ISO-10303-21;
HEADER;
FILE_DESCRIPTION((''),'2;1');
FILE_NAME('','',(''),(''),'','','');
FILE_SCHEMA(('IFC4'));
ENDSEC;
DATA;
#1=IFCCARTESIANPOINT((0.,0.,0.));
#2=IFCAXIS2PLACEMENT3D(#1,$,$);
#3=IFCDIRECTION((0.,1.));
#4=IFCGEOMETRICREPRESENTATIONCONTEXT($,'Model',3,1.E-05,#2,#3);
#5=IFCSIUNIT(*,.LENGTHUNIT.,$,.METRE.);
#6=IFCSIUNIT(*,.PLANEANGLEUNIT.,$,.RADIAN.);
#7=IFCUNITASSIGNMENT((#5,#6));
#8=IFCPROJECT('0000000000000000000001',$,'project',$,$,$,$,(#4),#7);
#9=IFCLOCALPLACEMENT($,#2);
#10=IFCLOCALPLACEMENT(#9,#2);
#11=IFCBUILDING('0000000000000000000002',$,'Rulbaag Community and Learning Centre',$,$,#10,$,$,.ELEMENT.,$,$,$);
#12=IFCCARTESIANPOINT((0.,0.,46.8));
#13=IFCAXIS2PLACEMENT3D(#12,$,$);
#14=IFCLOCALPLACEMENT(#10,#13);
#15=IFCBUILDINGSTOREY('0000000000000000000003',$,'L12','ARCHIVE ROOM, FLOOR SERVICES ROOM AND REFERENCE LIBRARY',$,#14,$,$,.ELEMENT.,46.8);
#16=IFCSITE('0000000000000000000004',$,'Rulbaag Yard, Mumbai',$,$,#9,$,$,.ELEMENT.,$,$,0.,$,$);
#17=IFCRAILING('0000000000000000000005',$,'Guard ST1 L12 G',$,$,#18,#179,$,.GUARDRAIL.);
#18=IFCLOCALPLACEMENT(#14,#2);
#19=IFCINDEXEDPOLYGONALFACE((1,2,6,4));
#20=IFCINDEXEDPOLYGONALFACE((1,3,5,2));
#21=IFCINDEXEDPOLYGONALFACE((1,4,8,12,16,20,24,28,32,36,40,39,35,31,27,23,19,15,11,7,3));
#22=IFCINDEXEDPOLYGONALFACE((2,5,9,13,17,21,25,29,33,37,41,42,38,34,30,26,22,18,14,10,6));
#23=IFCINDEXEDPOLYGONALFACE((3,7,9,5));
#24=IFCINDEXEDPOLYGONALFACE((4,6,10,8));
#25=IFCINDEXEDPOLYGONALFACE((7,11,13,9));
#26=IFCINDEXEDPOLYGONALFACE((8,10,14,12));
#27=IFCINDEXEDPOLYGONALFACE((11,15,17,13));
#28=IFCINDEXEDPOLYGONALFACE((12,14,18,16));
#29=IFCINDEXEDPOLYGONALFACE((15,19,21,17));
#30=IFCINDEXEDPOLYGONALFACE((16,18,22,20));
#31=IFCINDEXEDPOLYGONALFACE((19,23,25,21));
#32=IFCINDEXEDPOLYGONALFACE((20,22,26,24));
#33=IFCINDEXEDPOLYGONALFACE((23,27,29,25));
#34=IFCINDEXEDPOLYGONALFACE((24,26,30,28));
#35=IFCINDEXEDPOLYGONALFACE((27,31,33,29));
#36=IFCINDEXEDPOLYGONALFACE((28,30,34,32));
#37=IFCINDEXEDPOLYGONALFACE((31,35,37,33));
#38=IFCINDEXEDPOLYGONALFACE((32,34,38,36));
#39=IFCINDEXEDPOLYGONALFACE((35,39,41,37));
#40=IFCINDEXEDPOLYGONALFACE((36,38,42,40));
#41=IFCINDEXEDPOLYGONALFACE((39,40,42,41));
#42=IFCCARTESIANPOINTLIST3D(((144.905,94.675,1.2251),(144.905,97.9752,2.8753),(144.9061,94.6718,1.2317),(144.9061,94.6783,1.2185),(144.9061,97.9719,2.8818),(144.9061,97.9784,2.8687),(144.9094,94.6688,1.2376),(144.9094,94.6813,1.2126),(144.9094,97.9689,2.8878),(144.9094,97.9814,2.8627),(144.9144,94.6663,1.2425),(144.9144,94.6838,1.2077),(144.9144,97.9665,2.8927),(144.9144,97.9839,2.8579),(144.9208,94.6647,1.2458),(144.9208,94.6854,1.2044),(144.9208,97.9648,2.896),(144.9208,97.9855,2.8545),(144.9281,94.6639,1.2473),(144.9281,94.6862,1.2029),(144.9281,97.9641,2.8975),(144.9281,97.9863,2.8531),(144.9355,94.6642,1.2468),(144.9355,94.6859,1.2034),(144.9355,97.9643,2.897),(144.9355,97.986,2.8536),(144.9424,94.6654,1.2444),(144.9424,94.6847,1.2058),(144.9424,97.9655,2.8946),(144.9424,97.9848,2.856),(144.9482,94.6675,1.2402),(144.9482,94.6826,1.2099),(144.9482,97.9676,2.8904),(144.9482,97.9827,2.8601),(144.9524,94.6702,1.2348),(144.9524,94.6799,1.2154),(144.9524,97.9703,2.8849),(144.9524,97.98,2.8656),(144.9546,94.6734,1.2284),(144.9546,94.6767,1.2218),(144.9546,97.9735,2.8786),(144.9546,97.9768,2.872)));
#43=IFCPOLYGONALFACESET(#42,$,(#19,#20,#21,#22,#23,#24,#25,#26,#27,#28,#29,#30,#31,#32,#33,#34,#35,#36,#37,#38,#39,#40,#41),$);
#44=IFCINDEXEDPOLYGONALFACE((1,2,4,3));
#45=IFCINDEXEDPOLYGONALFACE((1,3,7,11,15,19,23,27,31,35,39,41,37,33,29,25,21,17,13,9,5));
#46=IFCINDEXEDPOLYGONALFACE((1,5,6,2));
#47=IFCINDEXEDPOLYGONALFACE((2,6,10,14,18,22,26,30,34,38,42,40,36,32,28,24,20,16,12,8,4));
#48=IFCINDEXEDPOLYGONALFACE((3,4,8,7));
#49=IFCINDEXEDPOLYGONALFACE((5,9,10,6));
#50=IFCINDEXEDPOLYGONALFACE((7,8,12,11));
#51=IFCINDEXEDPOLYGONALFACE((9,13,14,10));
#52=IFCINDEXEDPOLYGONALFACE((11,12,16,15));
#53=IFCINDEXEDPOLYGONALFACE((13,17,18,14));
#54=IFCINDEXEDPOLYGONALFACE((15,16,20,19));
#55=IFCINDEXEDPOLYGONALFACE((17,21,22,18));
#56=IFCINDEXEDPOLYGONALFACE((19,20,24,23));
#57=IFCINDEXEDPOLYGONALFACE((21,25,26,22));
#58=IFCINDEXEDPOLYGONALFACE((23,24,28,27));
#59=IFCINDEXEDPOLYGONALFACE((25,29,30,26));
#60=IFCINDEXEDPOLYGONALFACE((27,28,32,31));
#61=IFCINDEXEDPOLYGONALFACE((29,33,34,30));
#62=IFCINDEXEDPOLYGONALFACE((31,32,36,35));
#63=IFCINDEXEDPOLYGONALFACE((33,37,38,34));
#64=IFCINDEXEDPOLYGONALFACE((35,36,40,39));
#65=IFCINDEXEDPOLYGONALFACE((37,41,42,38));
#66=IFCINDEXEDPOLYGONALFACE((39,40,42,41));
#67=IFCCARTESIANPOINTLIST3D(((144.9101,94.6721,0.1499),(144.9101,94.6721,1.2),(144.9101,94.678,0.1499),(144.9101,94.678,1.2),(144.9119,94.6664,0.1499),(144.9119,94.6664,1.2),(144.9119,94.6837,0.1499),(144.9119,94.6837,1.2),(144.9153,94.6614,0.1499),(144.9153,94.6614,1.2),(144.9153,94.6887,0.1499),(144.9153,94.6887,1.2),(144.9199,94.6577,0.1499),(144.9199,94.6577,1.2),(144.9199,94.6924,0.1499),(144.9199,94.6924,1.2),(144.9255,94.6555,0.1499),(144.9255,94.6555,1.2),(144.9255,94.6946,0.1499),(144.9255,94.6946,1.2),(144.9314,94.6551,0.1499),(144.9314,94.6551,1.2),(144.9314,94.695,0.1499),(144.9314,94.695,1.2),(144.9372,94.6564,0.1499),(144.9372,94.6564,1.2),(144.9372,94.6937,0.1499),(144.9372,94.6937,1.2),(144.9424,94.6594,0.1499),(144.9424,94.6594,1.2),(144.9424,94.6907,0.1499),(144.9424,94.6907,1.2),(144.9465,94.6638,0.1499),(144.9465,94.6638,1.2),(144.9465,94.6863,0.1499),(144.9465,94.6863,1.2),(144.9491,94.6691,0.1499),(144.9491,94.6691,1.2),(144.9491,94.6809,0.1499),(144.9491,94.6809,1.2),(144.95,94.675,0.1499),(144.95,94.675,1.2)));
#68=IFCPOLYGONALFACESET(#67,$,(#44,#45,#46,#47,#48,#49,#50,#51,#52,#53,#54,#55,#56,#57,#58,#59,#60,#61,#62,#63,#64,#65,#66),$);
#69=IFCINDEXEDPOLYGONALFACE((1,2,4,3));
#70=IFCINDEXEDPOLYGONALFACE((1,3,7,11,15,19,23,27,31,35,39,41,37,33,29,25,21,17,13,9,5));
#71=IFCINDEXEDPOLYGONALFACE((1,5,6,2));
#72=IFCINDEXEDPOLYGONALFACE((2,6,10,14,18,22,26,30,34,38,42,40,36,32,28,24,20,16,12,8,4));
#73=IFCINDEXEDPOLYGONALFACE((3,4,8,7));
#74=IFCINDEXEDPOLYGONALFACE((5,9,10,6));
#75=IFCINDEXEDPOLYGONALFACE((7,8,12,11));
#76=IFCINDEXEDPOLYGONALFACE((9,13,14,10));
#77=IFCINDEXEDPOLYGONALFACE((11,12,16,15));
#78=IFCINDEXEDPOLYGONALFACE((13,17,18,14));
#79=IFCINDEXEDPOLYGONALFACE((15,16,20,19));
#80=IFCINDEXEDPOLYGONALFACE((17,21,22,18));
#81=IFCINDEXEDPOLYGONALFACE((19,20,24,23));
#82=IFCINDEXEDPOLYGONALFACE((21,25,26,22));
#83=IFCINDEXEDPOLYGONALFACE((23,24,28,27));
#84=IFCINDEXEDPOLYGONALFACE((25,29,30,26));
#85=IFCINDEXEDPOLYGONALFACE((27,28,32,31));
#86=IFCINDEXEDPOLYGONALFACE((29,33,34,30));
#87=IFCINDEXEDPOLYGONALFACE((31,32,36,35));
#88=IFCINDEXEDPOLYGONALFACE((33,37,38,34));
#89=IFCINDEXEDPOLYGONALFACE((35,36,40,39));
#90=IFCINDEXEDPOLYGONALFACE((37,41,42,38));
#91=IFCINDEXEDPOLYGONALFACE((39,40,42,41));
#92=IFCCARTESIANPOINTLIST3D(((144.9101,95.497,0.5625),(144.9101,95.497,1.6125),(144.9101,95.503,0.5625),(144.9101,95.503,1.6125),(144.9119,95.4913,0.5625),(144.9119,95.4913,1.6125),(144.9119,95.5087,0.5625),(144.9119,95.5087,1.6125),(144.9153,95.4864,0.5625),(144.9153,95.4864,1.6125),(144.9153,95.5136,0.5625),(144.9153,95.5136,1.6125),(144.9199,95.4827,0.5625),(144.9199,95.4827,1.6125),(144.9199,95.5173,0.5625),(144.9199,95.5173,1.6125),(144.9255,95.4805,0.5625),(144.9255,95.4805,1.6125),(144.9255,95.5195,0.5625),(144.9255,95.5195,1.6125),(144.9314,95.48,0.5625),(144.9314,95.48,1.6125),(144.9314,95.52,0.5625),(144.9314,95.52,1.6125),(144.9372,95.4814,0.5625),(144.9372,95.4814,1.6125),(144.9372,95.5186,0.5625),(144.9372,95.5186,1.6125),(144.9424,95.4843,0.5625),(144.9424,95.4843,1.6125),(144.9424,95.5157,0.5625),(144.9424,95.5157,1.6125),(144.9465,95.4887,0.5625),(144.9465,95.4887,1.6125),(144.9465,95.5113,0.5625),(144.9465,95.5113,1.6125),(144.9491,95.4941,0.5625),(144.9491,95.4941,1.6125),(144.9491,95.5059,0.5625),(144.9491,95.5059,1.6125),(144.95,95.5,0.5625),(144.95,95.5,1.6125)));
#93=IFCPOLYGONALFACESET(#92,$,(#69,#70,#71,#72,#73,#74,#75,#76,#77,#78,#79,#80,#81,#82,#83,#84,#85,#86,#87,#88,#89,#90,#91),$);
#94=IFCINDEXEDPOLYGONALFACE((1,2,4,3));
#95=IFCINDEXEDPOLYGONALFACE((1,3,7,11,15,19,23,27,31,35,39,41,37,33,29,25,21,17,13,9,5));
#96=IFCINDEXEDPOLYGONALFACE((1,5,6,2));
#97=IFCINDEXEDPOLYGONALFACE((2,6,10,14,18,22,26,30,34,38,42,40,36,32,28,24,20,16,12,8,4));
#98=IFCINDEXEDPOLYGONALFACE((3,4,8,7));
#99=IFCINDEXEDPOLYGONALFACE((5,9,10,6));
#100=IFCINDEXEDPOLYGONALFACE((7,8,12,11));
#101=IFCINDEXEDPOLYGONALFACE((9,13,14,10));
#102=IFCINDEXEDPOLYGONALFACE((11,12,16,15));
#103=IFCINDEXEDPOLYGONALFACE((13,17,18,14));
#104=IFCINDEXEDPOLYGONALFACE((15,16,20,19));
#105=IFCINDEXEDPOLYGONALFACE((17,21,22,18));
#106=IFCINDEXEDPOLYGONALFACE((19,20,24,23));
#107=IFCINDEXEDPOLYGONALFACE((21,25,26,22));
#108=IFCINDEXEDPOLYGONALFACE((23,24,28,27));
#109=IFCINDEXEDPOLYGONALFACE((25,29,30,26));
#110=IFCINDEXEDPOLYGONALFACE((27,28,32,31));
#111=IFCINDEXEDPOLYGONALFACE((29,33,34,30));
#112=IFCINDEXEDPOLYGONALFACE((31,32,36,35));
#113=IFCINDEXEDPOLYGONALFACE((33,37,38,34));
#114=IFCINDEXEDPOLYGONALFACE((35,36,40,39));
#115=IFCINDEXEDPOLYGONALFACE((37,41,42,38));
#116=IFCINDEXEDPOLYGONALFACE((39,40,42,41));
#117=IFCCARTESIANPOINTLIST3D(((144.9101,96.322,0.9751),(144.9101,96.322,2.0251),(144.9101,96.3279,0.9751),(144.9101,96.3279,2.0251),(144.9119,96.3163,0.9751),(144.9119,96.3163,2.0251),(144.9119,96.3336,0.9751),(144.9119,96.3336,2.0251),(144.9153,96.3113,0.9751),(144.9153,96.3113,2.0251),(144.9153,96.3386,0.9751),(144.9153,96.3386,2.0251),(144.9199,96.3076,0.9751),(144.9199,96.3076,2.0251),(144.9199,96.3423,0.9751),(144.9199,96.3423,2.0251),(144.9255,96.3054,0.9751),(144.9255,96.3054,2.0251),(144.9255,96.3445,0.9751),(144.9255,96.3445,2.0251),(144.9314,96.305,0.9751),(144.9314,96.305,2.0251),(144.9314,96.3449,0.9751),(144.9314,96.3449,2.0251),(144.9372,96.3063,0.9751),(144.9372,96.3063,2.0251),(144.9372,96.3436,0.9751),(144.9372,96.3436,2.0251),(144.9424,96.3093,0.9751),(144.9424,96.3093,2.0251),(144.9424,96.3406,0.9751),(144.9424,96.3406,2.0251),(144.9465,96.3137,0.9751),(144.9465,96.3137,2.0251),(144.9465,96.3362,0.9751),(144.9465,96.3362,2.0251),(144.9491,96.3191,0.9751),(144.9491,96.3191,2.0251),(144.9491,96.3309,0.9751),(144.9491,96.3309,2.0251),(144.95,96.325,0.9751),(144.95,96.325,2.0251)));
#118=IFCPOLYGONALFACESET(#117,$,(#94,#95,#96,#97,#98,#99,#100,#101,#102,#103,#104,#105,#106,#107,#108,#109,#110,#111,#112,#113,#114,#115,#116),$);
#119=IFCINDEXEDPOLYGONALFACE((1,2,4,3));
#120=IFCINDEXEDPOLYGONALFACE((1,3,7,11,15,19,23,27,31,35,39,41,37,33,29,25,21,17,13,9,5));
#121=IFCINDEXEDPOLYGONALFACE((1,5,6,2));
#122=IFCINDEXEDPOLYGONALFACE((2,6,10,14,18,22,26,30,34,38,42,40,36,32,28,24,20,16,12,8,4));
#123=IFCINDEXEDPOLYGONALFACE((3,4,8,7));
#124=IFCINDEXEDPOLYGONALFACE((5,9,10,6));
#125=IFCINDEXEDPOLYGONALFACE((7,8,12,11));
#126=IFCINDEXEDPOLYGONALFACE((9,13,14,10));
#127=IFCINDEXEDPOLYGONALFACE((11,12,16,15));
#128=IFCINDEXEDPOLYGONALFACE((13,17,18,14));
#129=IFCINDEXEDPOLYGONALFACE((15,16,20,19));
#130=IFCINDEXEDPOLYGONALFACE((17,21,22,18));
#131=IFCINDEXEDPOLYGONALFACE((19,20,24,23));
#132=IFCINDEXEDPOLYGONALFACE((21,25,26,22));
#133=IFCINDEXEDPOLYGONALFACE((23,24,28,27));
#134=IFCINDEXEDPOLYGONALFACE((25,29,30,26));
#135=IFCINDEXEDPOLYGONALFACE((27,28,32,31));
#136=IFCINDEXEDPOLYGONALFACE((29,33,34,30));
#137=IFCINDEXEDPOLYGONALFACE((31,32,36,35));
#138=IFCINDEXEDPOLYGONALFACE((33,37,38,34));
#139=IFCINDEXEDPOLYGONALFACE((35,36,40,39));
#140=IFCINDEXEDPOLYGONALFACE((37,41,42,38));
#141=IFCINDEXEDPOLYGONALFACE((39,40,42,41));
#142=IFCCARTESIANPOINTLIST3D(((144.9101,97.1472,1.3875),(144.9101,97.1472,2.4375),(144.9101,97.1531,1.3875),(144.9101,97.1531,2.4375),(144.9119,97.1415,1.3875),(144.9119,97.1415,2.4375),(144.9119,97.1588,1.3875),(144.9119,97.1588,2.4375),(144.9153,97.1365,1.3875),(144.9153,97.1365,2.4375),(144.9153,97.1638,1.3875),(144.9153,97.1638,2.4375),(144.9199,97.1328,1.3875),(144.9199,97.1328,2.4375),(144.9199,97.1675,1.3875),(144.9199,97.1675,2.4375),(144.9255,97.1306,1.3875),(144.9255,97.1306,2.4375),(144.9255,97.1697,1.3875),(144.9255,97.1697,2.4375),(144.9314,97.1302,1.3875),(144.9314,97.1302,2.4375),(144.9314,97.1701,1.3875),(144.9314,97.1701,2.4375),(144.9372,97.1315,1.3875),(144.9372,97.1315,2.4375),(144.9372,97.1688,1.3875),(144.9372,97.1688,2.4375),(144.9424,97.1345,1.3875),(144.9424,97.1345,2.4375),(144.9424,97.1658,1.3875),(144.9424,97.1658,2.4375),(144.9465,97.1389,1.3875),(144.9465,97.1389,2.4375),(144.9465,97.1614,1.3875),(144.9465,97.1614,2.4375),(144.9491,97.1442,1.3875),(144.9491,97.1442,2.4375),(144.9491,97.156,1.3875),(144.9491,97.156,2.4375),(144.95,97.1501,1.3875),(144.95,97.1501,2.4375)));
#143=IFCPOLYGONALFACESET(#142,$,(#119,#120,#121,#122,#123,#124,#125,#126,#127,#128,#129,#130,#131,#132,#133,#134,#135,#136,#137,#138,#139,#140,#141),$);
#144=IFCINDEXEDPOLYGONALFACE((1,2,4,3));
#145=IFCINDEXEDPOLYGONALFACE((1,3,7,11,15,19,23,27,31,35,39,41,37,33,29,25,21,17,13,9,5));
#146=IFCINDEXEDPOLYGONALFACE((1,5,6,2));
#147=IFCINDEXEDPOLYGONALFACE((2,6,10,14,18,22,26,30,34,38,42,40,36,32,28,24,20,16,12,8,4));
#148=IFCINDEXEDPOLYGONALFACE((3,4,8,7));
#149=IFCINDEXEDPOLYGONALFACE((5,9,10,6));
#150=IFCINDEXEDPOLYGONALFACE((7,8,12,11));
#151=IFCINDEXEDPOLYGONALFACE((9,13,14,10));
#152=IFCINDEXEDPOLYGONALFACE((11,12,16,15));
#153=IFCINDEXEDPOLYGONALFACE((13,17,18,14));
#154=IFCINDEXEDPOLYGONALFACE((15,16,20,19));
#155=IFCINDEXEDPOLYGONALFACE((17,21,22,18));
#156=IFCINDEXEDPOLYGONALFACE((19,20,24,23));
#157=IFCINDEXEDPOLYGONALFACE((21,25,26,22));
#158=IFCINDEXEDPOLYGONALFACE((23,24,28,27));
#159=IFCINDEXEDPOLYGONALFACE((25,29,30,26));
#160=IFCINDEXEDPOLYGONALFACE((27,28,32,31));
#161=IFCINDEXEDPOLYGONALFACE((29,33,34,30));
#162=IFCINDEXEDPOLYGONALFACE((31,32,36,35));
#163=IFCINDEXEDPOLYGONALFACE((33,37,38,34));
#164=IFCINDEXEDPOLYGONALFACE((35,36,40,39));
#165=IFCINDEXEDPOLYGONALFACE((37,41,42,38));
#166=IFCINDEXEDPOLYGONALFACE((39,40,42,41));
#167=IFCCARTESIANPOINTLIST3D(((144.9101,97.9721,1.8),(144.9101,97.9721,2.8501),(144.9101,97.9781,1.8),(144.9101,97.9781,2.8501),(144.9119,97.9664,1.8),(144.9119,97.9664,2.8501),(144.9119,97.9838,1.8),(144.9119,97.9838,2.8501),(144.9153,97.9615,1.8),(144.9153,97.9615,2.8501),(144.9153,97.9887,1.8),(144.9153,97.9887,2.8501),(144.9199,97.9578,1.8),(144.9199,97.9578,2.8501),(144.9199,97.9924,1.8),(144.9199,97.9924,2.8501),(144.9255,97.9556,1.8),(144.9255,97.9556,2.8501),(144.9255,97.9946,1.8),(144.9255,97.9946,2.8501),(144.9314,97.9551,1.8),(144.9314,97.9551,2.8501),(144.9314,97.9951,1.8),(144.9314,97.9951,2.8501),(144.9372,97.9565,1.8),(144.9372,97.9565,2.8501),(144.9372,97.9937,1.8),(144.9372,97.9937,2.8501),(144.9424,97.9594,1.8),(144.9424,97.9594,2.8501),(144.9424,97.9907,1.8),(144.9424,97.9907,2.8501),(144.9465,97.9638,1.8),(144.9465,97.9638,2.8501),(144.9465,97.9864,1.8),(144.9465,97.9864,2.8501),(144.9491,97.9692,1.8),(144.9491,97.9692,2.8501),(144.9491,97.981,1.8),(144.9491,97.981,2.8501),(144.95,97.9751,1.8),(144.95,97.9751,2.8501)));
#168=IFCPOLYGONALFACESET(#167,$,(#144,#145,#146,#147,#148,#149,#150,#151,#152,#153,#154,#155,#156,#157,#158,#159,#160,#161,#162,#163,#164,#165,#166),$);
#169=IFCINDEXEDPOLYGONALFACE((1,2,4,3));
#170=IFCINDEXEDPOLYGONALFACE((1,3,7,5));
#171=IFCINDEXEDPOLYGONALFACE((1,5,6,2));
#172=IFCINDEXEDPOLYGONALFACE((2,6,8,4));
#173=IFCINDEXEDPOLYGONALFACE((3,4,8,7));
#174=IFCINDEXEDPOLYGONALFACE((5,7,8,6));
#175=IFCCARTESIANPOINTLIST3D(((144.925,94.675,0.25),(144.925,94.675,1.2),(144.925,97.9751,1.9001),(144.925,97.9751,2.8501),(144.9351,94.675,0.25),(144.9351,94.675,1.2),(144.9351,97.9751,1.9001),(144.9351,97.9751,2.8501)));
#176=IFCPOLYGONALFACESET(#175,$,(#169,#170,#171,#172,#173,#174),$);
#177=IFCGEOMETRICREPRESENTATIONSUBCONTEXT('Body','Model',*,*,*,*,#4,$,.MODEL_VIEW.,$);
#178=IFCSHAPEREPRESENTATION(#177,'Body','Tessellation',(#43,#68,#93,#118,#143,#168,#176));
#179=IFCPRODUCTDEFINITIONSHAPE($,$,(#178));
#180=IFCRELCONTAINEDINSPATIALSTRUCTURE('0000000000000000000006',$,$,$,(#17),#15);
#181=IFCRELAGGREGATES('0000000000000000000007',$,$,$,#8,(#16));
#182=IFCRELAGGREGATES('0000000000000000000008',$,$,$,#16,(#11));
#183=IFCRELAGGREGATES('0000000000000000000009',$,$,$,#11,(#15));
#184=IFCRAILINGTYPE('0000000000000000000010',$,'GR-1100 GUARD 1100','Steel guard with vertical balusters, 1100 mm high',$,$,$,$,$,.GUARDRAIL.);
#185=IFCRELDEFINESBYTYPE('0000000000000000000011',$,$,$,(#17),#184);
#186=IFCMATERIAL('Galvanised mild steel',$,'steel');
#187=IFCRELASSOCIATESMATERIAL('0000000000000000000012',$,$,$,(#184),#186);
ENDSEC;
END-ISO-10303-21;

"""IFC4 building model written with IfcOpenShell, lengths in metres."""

from ifc_helpers import new_model, si_unit, direction, frame, origin, origin_2d, place, context, subcontext, project, spatial, polyline, circle, outline, extrude, material, type_object, element, save


model = new_model("IFC4")

# Units and contexts
model_context = context("Model", 3, precision=1e-05, world=origin(), true_north=direction((0.0, 1.0)))
body_context = subcontext(model_context, "Body", "Model", "MODEL_VIEW")
ifc_project = project(units=[si_unit("LENGTHUNIT", "METRE"), si_unit("PLANEANGLEUNIT", "RADIAN")], contexts=[model_context])

# Site, building, storey
site_placement = place(None, origin())
site = spatial("IfcSite", under=ifc_project, at=site_placement, Name="Rulbaag Yard, Mumbai", CompositionType="ELEMENT", RefElevation=0.0)
building_placement = place(site_placement, origin())
building = spatial("IfcBuilding", under=site, at=building_placement, Name="Rulbaag Community and Learning Centre", CompositionType="ELEMENT")
storey_placement = place(building_placement, frame((0.0, 0.0, 46.8)))
storey = spatial("IfcBuildingStorey", under=building, at=storey_placement, Name="L12", Description="ARCHIVE ROOM, FLOOR SERVICES ROOM AND REFERENCE LIBRARY", CompositionType="ELEMENT", Elevation=46.8)

# Railing
ifc_material_1 = material(Name="Galvanised mild steel", Category="steel")
railing_type_1 = type_object("IfcRailingType", Name="GR-1100 GUARD 1100", Description="Steel guard with vertical balusters, 1100 mm high", PredefinedType="GUARDRAIL", material=ifc_material_1)
railing_1_placement = place(storey_placement, frame((144.9299, 94.675, 0.1499)))
element("IfcRailing", 1, at=railing_1_placement, inside=storey, type_object=railing_type_1, Name="Guard ST1 L12 G", PredefinedType="GUARDRAIL", context=body_context, shape_type="SweptSolid", body=[
    extrude(circle(Radius=0.0249, at=origin_2d()), frame((0.0, 0.0, 1.0752), z_axis=(0.0, 0.894414, 0.44724), x_axis=(-1.0, 0.0, 0.0)), (0.0, 0.0, 1.0), 3.6897),
    extrude(circle(Radius=0.02, at=origin_2d()), origin(), (0.0, 0.0, 1.0), 1.05),
    extrude(circle(Radius=0.02, at=origin_2d()), frame((0.0, 0.825, 0.4126)), (0.0, 0.0, 1.0), 1.05),
    extrude(circle(Radius=0.02, at=origin_2d()), frame((0.0, 1.6499, 0.8252)), (0.0, 0.0, 1.0), 1.05),
    extrude(circle(Radius=0.02, at=origin_2d()), frame((0.0, 2.4751, 1.2375)), (0.0, 0.0, 1.0), 1.05),
    extrude(circle(Radius=0.02, at=origin_2d()), frame((0.0, 3.3, 1.6501)), (0.0, 0.0, 1.0), 1.05),
    extrude(outline(polyline([(0.0, 0.0), (3.3, 1.6501), (3.3, 2.6001), (0.0, 0.95), (0.0, 0.0)])), frame((-0.0049, 0.0, 0.1001), z_axis=(1.0, 0.0, 0.0), x_axis=(0.0, 1.0, 0.0)), (0.0, 0.0, 1.0), 0.01),
])

save(model, "model.ifc")
